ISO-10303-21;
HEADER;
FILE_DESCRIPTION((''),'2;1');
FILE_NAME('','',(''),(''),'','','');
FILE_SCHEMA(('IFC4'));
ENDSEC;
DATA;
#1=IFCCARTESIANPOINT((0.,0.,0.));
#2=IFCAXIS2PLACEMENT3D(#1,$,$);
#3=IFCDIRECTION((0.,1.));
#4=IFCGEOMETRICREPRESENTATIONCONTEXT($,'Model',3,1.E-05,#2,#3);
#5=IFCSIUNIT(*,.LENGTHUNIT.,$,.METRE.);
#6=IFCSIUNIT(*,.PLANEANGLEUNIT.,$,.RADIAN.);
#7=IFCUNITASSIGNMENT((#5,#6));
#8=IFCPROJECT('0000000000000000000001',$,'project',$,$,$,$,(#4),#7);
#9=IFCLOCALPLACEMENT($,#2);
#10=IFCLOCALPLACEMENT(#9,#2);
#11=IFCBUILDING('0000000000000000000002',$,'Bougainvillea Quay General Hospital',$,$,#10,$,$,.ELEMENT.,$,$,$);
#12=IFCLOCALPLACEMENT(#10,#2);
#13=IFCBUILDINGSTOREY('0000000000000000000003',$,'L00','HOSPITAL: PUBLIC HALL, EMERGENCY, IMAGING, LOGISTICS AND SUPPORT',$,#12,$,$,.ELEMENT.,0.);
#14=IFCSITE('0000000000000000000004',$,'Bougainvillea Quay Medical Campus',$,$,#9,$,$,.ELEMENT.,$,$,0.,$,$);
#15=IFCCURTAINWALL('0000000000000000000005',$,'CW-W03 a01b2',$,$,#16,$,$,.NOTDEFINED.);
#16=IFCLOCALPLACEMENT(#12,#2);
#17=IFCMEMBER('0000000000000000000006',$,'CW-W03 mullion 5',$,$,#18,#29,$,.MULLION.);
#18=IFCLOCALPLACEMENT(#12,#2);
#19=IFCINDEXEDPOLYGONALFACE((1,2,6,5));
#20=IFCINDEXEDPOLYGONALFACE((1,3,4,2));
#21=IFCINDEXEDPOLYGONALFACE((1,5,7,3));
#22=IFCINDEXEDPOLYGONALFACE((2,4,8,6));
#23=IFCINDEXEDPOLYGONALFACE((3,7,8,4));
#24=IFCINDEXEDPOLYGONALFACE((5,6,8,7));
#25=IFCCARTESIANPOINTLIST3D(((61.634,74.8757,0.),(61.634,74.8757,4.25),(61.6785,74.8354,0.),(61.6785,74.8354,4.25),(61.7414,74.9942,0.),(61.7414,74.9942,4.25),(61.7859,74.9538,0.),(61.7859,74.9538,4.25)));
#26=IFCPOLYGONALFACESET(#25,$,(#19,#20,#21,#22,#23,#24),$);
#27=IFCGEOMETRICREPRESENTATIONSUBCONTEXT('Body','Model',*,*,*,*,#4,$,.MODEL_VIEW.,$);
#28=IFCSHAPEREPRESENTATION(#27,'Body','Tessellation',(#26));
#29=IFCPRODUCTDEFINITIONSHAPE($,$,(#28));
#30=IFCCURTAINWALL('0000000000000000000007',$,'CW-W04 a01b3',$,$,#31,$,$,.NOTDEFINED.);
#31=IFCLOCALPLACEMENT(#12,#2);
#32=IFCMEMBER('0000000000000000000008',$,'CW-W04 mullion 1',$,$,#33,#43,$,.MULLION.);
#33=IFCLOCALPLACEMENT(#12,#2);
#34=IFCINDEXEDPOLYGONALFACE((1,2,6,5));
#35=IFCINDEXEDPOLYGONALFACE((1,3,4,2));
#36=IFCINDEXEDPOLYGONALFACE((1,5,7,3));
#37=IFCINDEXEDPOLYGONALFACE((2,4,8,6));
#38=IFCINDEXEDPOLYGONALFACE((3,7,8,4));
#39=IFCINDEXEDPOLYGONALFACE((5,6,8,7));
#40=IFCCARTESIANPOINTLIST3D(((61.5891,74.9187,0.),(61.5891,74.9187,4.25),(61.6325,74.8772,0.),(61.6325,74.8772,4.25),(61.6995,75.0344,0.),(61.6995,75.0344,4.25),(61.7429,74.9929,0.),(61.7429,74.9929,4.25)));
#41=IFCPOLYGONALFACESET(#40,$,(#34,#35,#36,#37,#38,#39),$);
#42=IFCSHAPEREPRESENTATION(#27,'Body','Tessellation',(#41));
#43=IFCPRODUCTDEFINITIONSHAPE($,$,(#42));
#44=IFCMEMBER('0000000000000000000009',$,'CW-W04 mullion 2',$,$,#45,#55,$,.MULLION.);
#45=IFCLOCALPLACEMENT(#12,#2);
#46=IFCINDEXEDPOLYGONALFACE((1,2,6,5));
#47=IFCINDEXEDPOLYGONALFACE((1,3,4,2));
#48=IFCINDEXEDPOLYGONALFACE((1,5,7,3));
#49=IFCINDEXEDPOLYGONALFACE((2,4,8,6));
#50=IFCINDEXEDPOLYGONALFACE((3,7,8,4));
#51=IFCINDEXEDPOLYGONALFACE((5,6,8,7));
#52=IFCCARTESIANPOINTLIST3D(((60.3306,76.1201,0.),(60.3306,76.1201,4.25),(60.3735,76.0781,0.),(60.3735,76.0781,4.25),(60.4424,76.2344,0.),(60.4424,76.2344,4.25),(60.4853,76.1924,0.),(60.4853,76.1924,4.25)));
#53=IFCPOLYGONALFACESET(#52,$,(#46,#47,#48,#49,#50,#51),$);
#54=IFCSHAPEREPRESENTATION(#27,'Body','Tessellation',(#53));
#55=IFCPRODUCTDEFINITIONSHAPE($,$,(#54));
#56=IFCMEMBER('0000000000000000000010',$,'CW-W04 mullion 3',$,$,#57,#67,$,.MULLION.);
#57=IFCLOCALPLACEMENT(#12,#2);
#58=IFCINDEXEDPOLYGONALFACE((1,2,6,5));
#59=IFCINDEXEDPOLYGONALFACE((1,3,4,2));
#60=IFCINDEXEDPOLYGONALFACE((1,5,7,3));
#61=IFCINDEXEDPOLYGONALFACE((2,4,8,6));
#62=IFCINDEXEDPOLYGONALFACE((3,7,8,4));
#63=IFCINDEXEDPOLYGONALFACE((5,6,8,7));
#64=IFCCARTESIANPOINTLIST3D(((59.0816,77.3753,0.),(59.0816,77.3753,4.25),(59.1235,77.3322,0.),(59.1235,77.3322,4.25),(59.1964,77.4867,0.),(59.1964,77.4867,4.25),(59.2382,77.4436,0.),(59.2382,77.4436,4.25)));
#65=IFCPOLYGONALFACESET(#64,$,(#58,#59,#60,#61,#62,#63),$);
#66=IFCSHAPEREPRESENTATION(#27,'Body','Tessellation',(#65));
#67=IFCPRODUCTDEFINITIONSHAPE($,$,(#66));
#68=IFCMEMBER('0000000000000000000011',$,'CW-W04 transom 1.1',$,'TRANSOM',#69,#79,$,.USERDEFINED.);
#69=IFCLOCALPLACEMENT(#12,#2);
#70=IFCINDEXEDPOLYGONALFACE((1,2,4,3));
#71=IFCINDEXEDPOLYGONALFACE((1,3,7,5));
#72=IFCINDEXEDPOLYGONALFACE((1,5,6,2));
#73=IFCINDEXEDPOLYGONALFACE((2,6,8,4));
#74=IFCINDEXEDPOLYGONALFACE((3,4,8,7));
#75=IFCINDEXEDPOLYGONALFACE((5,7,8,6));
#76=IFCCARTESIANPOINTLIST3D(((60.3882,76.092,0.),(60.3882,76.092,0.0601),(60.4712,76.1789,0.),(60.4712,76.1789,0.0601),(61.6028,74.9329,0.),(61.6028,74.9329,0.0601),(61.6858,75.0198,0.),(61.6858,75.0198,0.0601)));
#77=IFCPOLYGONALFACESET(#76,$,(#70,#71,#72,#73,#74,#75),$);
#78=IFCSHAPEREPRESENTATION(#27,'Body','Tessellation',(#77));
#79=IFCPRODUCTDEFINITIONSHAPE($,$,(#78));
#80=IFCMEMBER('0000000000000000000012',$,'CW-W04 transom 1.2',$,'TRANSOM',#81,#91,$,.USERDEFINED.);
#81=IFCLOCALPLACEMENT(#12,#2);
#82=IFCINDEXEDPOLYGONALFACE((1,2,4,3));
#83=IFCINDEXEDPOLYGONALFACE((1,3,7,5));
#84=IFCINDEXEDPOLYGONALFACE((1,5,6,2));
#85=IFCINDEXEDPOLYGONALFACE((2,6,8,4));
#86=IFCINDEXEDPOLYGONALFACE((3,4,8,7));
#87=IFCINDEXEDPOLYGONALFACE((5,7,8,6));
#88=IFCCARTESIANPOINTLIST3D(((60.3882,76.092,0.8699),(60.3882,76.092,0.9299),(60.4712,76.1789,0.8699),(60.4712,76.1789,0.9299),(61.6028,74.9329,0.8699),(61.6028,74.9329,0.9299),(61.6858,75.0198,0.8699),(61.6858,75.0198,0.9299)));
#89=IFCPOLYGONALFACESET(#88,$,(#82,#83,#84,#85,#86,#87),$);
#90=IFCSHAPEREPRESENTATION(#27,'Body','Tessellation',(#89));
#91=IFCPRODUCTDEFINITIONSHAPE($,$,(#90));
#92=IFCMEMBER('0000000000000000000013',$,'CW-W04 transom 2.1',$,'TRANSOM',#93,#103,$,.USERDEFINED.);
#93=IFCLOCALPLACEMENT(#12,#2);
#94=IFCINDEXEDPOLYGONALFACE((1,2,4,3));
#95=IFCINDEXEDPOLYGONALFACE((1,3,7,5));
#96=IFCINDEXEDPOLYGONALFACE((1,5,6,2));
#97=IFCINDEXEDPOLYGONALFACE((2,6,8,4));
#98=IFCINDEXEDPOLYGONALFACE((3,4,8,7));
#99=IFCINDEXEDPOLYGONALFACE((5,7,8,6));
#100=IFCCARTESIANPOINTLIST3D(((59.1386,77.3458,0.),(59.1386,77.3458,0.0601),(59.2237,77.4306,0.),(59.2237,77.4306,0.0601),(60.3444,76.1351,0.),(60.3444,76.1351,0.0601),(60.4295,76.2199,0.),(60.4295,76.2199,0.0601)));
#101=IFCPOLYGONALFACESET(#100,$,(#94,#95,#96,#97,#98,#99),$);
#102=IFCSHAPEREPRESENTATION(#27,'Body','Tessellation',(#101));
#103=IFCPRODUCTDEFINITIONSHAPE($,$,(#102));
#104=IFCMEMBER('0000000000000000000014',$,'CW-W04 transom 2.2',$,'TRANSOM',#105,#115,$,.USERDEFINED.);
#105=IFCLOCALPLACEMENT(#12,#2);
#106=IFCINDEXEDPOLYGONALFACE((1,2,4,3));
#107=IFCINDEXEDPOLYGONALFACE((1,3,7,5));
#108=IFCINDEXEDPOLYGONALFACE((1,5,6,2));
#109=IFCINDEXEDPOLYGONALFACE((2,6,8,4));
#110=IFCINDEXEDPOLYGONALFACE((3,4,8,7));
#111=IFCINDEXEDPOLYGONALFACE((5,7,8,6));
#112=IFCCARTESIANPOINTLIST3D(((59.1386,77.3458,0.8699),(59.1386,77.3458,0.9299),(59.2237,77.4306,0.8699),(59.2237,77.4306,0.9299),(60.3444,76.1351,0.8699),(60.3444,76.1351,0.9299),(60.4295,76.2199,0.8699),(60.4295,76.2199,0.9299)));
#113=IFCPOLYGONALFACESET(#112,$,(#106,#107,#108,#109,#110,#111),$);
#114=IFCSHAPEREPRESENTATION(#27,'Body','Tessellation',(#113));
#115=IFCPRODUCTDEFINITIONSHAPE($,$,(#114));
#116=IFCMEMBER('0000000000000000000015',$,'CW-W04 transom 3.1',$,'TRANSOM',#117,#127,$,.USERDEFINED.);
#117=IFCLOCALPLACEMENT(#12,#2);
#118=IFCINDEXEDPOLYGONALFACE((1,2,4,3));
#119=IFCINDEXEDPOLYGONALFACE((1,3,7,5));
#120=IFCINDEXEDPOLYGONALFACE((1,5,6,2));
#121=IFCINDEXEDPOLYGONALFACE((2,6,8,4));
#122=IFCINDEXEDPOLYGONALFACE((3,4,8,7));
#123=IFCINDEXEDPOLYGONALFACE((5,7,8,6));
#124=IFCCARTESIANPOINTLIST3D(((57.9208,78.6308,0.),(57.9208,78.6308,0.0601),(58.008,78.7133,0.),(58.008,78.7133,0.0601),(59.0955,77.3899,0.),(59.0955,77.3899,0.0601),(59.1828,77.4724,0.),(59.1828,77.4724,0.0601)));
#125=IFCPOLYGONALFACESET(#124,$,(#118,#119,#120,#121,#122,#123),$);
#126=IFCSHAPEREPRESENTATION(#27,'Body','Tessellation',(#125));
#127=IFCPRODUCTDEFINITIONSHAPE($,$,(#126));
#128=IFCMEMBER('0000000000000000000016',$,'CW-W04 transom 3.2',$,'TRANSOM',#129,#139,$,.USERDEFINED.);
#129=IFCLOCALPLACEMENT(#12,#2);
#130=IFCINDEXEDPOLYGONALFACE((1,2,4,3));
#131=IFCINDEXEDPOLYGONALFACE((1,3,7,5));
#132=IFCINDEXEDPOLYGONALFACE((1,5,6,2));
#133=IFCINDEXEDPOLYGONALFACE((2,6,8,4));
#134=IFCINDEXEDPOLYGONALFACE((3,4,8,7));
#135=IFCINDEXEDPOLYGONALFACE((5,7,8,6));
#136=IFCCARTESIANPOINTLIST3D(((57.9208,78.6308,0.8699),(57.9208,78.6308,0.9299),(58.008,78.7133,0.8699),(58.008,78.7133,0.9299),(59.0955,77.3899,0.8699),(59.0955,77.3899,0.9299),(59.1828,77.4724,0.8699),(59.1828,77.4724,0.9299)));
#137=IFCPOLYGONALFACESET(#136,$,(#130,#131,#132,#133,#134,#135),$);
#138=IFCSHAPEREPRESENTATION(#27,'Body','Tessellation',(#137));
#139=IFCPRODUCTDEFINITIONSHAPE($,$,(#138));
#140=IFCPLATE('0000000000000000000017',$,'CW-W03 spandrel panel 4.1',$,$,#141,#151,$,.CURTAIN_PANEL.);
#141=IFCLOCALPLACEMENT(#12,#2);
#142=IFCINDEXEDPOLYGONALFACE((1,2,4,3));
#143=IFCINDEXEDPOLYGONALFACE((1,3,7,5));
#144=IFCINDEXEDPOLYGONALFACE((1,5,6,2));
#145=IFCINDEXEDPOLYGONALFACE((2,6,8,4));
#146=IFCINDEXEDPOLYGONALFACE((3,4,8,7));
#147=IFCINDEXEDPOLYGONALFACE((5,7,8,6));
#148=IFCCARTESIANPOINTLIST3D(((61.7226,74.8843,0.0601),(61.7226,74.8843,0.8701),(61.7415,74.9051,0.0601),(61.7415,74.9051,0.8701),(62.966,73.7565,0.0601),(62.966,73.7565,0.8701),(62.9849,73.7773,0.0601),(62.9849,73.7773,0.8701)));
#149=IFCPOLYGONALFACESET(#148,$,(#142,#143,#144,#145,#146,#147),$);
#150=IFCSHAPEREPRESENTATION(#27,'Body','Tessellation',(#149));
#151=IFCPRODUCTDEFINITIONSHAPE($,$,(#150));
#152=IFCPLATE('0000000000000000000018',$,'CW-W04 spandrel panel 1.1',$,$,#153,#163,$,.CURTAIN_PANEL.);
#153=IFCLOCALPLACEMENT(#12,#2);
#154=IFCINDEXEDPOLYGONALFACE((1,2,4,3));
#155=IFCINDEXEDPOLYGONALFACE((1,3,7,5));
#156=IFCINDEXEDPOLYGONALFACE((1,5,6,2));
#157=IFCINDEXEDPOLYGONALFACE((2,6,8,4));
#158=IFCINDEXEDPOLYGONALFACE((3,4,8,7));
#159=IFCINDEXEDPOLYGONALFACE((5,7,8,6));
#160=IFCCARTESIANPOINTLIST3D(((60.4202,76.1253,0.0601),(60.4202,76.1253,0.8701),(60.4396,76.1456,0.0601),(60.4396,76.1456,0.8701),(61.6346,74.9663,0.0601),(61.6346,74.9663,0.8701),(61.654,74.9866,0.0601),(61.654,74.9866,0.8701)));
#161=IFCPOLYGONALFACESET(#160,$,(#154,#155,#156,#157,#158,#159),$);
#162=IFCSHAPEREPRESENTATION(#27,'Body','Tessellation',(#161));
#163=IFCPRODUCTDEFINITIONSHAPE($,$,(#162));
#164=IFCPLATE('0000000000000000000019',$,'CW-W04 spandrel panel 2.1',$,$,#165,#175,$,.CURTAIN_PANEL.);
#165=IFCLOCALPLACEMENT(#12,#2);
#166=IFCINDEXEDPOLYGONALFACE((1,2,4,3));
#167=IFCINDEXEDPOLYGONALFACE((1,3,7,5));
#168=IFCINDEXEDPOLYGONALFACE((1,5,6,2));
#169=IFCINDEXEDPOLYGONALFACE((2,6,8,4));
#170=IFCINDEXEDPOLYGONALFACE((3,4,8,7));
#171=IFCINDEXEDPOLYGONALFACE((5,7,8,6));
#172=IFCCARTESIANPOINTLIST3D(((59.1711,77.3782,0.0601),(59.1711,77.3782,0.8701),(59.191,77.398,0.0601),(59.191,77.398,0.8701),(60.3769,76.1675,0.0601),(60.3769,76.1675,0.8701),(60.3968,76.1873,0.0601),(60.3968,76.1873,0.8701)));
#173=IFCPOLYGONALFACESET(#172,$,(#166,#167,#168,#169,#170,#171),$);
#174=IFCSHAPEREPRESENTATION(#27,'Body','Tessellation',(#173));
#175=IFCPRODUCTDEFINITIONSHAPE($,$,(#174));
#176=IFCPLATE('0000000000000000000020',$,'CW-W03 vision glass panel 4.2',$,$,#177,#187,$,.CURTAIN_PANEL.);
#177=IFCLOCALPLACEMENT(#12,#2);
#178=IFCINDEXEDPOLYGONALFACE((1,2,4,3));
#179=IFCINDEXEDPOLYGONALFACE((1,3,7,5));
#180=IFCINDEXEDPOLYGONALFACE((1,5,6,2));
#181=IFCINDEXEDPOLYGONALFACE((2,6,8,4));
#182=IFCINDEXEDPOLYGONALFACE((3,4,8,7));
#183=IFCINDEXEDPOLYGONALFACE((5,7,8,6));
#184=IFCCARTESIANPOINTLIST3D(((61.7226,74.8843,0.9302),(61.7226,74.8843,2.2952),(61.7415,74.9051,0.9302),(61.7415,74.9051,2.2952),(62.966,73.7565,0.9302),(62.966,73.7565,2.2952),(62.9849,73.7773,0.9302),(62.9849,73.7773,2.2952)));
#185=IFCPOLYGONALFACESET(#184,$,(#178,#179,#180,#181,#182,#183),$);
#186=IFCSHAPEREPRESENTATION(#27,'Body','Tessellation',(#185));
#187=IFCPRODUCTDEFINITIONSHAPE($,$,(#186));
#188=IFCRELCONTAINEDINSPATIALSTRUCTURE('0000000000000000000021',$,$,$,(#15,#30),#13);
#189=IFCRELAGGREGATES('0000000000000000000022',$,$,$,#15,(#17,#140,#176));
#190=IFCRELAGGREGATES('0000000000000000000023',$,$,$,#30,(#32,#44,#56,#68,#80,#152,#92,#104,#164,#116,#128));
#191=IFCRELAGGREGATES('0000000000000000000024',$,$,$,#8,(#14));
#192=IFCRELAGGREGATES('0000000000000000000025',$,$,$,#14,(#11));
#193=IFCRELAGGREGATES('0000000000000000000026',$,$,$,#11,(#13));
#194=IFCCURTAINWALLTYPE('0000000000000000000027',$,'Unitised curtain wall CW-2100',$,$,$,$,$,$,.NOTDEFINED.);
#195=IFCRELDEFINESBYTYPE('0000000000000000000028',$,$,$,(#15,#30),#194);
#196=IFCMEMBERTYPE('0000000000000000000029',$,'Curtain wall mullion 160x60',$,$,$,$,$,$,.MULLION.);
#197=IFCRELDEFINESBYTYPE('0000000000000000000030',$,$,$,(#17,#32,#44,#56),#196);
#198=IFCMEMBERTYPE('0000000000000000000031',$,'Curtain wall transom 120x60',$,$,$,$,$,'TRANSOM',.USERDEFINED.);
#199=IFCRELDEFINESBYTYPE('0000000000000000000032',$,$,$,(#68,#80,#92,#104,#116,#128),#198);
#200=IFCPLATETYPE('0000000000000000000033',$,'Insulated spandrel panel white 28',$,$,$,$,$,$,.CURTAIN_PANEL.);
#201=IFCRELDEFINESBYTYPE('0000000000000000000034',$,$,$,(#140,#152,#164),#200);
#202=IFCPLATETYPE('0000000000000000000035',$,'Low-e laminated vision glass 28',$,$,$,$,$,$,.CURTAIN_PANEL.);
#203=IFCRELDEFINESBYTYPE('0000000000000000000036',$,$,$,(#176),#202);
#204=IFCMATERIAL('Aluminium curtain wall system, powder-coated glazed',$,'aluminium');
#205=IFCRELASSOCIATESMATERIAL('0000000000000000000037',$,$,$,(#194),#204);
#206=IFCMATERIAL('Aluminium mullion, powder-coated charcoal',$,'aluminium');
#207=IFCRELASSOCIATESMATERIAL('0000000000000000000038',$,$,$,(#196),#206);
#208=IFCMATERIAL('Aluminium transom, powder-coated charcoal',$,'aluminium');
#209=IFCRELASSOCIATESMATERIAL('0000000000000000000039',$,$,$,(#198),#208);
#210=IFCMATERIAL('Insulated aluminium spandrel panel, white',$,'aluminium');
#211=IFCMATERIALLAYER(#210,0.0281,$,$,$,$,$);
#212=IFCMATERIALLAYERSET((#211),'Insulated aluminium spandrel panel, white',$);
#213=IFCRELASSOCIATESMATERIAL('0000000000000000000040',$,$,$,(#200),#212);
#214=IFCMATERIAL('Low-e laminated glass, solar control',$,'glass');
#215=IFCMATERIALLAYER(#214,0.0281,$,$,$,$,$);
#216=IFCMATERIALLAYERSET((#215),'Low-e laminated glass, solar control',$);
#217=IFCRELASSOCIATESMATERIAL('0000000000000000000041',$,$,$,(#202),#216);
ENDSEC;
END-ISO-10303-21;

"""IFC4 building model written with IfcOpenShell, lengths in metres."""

from ifc_helpers import new_model, si_unit, direction, frame, origin, origin_2d, place, context, subcontext, project, spatial, rectangle, extrude, material, layer, layer_set, material_profile, profile_set, type_object, element, aggregate, save


model = new_model("IFC4")

# Units and contexts
model_context = context("Model", 3, precision=1e-05, world=origin(), true_north=direction((0.0, 1.0)))
body_context = subcontext(model_context, "Body", "Model", "MODEL_VIEW")
ifc_project = project(units=[si_unit("LENGTHUNIT", "METRE"), si_unit("PLANEANGLEUNIT", "RADIAN")], contexts=[model_context])

# Site, building, storey
site_placement = place(None, origin())
site = spatial("IfcSite", under=ifc_project, at=site_placement, Name="Bougainvillea Quay Medical Campus", CompositionType="ELEMENT", RefElevation=0.0)
building_placement = place(site_placement, origin())
building = spatial("IfcBuilding", under=site, at=building_placement, Name="Bougainvillea Quay General Hospital", CompositionType="ELEMENT")
storey_placement = place(building_placement, origin())
storey = spatial("IfcBuildingStorey", under=building, at=storey_placement, Name="L00", Description="HOSPITAL: PUBLIC HALL, EMERGENCY, IMAGING, LOGISTICS AND SUPPORT", CompositionType="ELEMENT", Elevation=0.0)

# Curtain wall, member
ifc_material_1 = material(Name="Aluminium curtain wall system, powder-coated glazed", Category="aluminium")
curtain_wall_type = type_object("IfcCurtainWallType", Name="Unitised curtain wall CW-2100", PredefinedType="NOTDEFINED", material=ifc_material_1)
curtain_wall_1_placement = place(storey_placement, origin())
curtain_wall_1 = element("IfcCurtainWall", 1, at=curtain_wall_1_placement, inside=storey, type_object=curtain_wall_type, Name="CW-W03 a01b2", PredefinedType="NOTDEFINED")
ifc_material_2 = material(Name="Aluminium mullion, powder-coated charcoal", Category="aluminium")
ifc_material_profile_1 = material_profile(ifc_material_2, rectangle(XDim=0.1599, YDim=0.0601, at=origin_2d()))
ifc_profile_set_1 = profile_set([ifc_material_profile_1], Name="Aluminium mullion, powder-coated charcoal")
member_type_1 = type_object("IfcMemberType", Name="Curtain wall mullion 160x60", PredefinedType="MULLION", material=ifc_profile_set_1)
member_1_placement = place(storey_placement, frame((61.71, 74.9148, 0.0), z_axis=(0.0, 0.0, 1.0), x_axis=(-0.671843, -0.740693, 0.0)))
member_1 = element("IfcMember", 2, at=member_1_placement, type_object=member_type_1, Name="CW-W03 mullion 5", PredefinedType="MULLION", context=body_context, shape_type="SweptSolid", body=[
    extrude(rectangle(XDim=0.1599, YDim=0.0601, at=origin_2d()), origin(), (0.0, 0.0, 1.0), 4.25),
])

# Curtain wall, members
curtain_wall_2_placement = place(storey_placement, origin())
curtain_wall_2 = element("IfcCurtainWall", 3, at=curtain_wall_2_placement, inside=storey, type_object=curtain_wall_type, Name="CW-W04 a01b3", PredefinedType="NOTDEFINED")
member_2_placement = place(storey_placement, frame((61.666, 74.9558, 0.0), z_axis=(0.0, 0.0, 1.0), x_axis=(-0.690409, -0.723419, 0.0)))
member_2 = element("IfcMember", 4, at=member_2_placement, type_object=member_type_1, Name="CW-W04 mullion 1", PredefinedType="MULLION", context=body_context, shape_type="SweptSolid", body=[
    extrude(rectangle(XDim=0.1599, YDim=0.0601, at=origin_2d()), origin(), (0.0, 0.0, 1.0), 4.25),
])
member_3_placement = place(storey_placement, frame((60.408, 76.1562, 0.0), z_axis=(0.0, 0.0, 1.0), x_axis=(-0.699526, -0.714607, 0.0)))
member_3 = element("IfcMember", 5, at=member_3_placement, type_object=member_type_1, Name="CW-W04 mullion 2", PredefinedType="MULLION", context=body_context, shape_type="SweptSolid", body=[
    extrude(rectangle(XDim=0.1599, YDim=0.0601, at=origin_2d()), origin(), (0.0, 0.0, 1.0), 4.25),
])
member_4_placement = place(storey_placement, frame((59.1599, 77.4094, 0.0), z_axis=(0.0, 0.0, 1.0), x_axis=(-0.717421, -0.696639, 0.0)))
member_4 = element("IfcMember", 6, at=member_4_placement, type_object=member_type_1, Name="CW-W04 mullion 3", PredefinedType="MULLION", context=body_context, shape_type="SweptSolid", body=[
    extrude(rectangle(XDim=0.1599, YDim=0.0601, at=origin_2d()), origin(), (0.0, 0.0, 1.0), 4.25),
])
ifc_material_3 = material(Name="Aluminium transom, powder-coated charcoal", Category="aluminium")
ifc_material_profile_2 = material_profile(ifc_material_3, rectangle(XDim=0.1201, YDim=0.0601, at=origin_2d()))
ifc_profile_set_2 = profile_set([ifc_material_profile_2], Name="Aluminium transom, powder-coated charcoal")
member_type_2 = type_object("IfcMemberType", Name="Curtain wall transom 120x60", ElementType="TRANSOM", PredefinedType="USERDEFINED", material=ifc_profile_set_2)
member_5_placement = place(storey_placement, frame((61.6443, 74.9763, 0.03), z_axis=(-0.723418, 0.69041, 0.0), x_axis=(-0.69041, -0.723418, 0.0)))
member_5 = element("IfcMember", 7, at=member_5_placement, type_object=member_type_2, Name="CW-W04 transom 1.1", ObjectType="TRANSOM", PredefinedType="USERDEFINED", context=body_context, shape_type="SweptSolid", body=[
    extrude(rectangle(XDim=0.1201, YDim=0.0601, at=origin_2d()), origin(), (0.0, 0.0, 1.0), 1.679),
])
member_6_placement = place(storey_placement, frame((61.6443, 74.9763, 0.8999), z_axis=(-0.723418, 0.69041, 0.0), x_axis=(-0.69041, -0.723418, 0.0)))
member_6 = element("IfcMember", 8, at=member_6_placement, type_object=member_type_2, Name="CW-W04 transom 1.2", ObjectType="TRANSOM", PredefinedType="USERDEFINED", context=body_context, shape_type="SweptSolid", body=[
    extrude(rectangle(XDim=0.1201, YDim=0.0601, at=origin_2d()), origin(), (0.0, 0.0, 1.0), 1.679),
])
member_7_placement = place(storey_placement, frame((60.387, 76.1775, 0.03), z_axis=(-0.705677, 0.708534, 0.0), x_axis=(-0.708534, -0.705677, 0.0)))
member_7 = element("IfcMember", 9, at=member_7_placement, type_object=member_type_2, Name="CW-W04 transom 2.1", ObjectType="TRANSOM", PredefinedType="USERDEFINED", context=body_context, shape_type="SweptSolid", body=[
    extrude(rectangle(XDim=0.1201, YDim=0.0601, at=origin_2d()), origin(), (0.0, 0.0, 1.0), 1.7087),
])
member_8_placement = place(storey_placement, frame((60.387, 76.1775, 0.8999), z_axis=(-0.705677, 0.708534, 0.0), x_axis=(-0.708534, -0.705677, 0.0)))
member_8 = element("IfcMember", 10, at=member_8_placement, type_object=member_type_2, Name="CW-W04 transom 2.2", ObjectType="TRANSOM", PredefinedType="USERDEFINED", context=body_context, shape_type="SweptSolid", body=[
    extrude(rectangle(XDim=0.1201, YDim=0.0601, at=origin_2d()), origin(), (0.0, 0.0, 1.0), 1.7087),
])
member_9_placement = place(storey_placement, frame((59.1392, 77.4312, 0.03), z_axis=(-0.687483, 0.7262, 0.0), x_axis=(-0.7262, -0.687483, 0.0)))
member_9 = element("IfcMember", 11, at=member_9_placement, type_object=member_type_2, Name="CW-W04 transom 3.1", ObjectType="TRANSOM", PredefinedType="USERDEFINED", context=body_context, shape_type="SweptSolid", body=[
    extrude(rectangle(XDim=0.1201, YDim=0.0601, at=origin_2d()), origin(), (0.0, 0.0, 1.0), 1.7087),
])
member_10_placement = place(storey_placement, frame((59.1392, 77.4312, 0.8999), z_axis=(-0.687483, 0.7262, 0.0), x_axis=(-0.7262, -0.687483, 0.0)))
member_10 = element("IfcMember", 12, at=member_10_placement, type_object=member_type_2, Name="CW-W04 transom 3.2", ObjectType="TRANSOM", PredefinedType="USERDEFINED", context=body_context, shape_type="SweptSolid", body=[
    extrude(rectangle(XDim=0.1201, YDim=0.0601, at=origin_2d()), origin(), (0.0, 0.0, 1.0), 1.7087),
])

# Plates
ifc_material_4 = material(Name="Insulated aluminium spandrel panel, white", Category="aluminium")
ifc_layer_1 = layer(ifc_material_4, 0.0281)
ifc_layer_set_1 = layer_set([ifc_layer_1], Name="Insulated aluminium spandrel panel, white")
plate_type_1 = type_object("IfcPlateType", Name="Insulated spandrel panel white 28", PredefinedType="CURTAIN_PANEL", material=ifc_layer_set_1)
plate_1_placement = place(storey_placement, frame((62.3538, 74.3308, 0.0601), z_axis=(0.0, 0.0, 1.0), x_axis=(-0.740693, 0.671843, 0.0)))
plate_1 = element("IfcPlate", 13, at=plate_1_placement, type_object=plate_type_1, Name="CW-W03 spandrel panel 4.1", PredefinedType="CURTAIN_PANEL", context=body_context, shape_type="SweptSolid", body=[
    extrude(rectangle(XDim=1.6787, YDim=0.0281, at=origin_2d()), origin(), (0.0, 0.0, 1.0), 0.8101),
])
plate_2_placement = place(storey_placement, frame((61.0371, 75.5559, 0.0601), z_axis=(0.0, 0.0, 1.0), x_axis=(-0.723419, 0.690409, 0.0)))
plate_2 = element("IfcPlate", 14, at=plate_2_placement, type_object=plate_type_1, Name="CW-W04 spandrel panel 1.1", PredefinedType="CURTAIN_PANEL", context=body_context, shape_type="SweptSolid", body=[
    extrude(rectangle(XDim=1.6787, YDim=0.0281, at=origin_2d()), origin(), (0.0, 0.0, 1.0), 0.8101),
])
plate_3_placement = place(storey_placement, frame((59.7839, 76.7827, 0.0601), z_axis=(0.0, 0.0, 1.0), x_axis=(-0.70568, 0.708531, 0.0)))
plate_3 = element("IfcPlate", 15, at=plate_3_placement, type_object=plate_type_1, Name="CW-W04 spandrel panel 2.1", PredefinedType="CURTAIN_PANEL", context=body_context, shape_type="SweptSolid", body=[
    extrude(rectangle(XDim=1.7087, YDim=0.0281, at=origin_2d()), origin(), (0.0, 0.0, 1.0), 0.8101),
])
ifc_material_5 = material(Name="Low-e laminated glass, solar control", Category="glass")
ifc_layer_2 = layer(ifc_material_5, 0.0281)
ifc_layer_set_2 = layer_set([ifc_layer_2], Name="Low-e laminated glass, solar control")
plate_type_2 = type_object("IfcPlateType", Name="Low-e laminated vision glass 28", PredefinedType="CURTAIN_PANEL", material=ifc_layer_set_2)
plate_4_placement = place(storey_placement, frame((62.3538, 74.3308, 0.9302), z_axis=(0.0, 0.0, 1.0), x_axis=(-0.740693, 0.671843, 0.0)))
plate_4 = element("IfcPlate", 16, at=plate_4_placement, type_object=plate_type_2, Name="CW-W03 vision glass panel 4.2", PredefinedType="CURTAIN_PANEL", context=body_context, shape_type="SweptSolid", body=[
    extrude(rectangle(XDim=1.6787, YDim=0.0281, at=origin_2d()), origin(), (0.0, 0.0, 1.0), 1.365),
])
aggregate(curtain_wall_1, [member_1, plate_1, plate_4])
aggregate(curtain_wall_2, [member_2, member_3, member_4, member_5, member_6, plate_2, member_7, member_8, plate_3, member_9, member_10])

save(model, "model.ifc")
